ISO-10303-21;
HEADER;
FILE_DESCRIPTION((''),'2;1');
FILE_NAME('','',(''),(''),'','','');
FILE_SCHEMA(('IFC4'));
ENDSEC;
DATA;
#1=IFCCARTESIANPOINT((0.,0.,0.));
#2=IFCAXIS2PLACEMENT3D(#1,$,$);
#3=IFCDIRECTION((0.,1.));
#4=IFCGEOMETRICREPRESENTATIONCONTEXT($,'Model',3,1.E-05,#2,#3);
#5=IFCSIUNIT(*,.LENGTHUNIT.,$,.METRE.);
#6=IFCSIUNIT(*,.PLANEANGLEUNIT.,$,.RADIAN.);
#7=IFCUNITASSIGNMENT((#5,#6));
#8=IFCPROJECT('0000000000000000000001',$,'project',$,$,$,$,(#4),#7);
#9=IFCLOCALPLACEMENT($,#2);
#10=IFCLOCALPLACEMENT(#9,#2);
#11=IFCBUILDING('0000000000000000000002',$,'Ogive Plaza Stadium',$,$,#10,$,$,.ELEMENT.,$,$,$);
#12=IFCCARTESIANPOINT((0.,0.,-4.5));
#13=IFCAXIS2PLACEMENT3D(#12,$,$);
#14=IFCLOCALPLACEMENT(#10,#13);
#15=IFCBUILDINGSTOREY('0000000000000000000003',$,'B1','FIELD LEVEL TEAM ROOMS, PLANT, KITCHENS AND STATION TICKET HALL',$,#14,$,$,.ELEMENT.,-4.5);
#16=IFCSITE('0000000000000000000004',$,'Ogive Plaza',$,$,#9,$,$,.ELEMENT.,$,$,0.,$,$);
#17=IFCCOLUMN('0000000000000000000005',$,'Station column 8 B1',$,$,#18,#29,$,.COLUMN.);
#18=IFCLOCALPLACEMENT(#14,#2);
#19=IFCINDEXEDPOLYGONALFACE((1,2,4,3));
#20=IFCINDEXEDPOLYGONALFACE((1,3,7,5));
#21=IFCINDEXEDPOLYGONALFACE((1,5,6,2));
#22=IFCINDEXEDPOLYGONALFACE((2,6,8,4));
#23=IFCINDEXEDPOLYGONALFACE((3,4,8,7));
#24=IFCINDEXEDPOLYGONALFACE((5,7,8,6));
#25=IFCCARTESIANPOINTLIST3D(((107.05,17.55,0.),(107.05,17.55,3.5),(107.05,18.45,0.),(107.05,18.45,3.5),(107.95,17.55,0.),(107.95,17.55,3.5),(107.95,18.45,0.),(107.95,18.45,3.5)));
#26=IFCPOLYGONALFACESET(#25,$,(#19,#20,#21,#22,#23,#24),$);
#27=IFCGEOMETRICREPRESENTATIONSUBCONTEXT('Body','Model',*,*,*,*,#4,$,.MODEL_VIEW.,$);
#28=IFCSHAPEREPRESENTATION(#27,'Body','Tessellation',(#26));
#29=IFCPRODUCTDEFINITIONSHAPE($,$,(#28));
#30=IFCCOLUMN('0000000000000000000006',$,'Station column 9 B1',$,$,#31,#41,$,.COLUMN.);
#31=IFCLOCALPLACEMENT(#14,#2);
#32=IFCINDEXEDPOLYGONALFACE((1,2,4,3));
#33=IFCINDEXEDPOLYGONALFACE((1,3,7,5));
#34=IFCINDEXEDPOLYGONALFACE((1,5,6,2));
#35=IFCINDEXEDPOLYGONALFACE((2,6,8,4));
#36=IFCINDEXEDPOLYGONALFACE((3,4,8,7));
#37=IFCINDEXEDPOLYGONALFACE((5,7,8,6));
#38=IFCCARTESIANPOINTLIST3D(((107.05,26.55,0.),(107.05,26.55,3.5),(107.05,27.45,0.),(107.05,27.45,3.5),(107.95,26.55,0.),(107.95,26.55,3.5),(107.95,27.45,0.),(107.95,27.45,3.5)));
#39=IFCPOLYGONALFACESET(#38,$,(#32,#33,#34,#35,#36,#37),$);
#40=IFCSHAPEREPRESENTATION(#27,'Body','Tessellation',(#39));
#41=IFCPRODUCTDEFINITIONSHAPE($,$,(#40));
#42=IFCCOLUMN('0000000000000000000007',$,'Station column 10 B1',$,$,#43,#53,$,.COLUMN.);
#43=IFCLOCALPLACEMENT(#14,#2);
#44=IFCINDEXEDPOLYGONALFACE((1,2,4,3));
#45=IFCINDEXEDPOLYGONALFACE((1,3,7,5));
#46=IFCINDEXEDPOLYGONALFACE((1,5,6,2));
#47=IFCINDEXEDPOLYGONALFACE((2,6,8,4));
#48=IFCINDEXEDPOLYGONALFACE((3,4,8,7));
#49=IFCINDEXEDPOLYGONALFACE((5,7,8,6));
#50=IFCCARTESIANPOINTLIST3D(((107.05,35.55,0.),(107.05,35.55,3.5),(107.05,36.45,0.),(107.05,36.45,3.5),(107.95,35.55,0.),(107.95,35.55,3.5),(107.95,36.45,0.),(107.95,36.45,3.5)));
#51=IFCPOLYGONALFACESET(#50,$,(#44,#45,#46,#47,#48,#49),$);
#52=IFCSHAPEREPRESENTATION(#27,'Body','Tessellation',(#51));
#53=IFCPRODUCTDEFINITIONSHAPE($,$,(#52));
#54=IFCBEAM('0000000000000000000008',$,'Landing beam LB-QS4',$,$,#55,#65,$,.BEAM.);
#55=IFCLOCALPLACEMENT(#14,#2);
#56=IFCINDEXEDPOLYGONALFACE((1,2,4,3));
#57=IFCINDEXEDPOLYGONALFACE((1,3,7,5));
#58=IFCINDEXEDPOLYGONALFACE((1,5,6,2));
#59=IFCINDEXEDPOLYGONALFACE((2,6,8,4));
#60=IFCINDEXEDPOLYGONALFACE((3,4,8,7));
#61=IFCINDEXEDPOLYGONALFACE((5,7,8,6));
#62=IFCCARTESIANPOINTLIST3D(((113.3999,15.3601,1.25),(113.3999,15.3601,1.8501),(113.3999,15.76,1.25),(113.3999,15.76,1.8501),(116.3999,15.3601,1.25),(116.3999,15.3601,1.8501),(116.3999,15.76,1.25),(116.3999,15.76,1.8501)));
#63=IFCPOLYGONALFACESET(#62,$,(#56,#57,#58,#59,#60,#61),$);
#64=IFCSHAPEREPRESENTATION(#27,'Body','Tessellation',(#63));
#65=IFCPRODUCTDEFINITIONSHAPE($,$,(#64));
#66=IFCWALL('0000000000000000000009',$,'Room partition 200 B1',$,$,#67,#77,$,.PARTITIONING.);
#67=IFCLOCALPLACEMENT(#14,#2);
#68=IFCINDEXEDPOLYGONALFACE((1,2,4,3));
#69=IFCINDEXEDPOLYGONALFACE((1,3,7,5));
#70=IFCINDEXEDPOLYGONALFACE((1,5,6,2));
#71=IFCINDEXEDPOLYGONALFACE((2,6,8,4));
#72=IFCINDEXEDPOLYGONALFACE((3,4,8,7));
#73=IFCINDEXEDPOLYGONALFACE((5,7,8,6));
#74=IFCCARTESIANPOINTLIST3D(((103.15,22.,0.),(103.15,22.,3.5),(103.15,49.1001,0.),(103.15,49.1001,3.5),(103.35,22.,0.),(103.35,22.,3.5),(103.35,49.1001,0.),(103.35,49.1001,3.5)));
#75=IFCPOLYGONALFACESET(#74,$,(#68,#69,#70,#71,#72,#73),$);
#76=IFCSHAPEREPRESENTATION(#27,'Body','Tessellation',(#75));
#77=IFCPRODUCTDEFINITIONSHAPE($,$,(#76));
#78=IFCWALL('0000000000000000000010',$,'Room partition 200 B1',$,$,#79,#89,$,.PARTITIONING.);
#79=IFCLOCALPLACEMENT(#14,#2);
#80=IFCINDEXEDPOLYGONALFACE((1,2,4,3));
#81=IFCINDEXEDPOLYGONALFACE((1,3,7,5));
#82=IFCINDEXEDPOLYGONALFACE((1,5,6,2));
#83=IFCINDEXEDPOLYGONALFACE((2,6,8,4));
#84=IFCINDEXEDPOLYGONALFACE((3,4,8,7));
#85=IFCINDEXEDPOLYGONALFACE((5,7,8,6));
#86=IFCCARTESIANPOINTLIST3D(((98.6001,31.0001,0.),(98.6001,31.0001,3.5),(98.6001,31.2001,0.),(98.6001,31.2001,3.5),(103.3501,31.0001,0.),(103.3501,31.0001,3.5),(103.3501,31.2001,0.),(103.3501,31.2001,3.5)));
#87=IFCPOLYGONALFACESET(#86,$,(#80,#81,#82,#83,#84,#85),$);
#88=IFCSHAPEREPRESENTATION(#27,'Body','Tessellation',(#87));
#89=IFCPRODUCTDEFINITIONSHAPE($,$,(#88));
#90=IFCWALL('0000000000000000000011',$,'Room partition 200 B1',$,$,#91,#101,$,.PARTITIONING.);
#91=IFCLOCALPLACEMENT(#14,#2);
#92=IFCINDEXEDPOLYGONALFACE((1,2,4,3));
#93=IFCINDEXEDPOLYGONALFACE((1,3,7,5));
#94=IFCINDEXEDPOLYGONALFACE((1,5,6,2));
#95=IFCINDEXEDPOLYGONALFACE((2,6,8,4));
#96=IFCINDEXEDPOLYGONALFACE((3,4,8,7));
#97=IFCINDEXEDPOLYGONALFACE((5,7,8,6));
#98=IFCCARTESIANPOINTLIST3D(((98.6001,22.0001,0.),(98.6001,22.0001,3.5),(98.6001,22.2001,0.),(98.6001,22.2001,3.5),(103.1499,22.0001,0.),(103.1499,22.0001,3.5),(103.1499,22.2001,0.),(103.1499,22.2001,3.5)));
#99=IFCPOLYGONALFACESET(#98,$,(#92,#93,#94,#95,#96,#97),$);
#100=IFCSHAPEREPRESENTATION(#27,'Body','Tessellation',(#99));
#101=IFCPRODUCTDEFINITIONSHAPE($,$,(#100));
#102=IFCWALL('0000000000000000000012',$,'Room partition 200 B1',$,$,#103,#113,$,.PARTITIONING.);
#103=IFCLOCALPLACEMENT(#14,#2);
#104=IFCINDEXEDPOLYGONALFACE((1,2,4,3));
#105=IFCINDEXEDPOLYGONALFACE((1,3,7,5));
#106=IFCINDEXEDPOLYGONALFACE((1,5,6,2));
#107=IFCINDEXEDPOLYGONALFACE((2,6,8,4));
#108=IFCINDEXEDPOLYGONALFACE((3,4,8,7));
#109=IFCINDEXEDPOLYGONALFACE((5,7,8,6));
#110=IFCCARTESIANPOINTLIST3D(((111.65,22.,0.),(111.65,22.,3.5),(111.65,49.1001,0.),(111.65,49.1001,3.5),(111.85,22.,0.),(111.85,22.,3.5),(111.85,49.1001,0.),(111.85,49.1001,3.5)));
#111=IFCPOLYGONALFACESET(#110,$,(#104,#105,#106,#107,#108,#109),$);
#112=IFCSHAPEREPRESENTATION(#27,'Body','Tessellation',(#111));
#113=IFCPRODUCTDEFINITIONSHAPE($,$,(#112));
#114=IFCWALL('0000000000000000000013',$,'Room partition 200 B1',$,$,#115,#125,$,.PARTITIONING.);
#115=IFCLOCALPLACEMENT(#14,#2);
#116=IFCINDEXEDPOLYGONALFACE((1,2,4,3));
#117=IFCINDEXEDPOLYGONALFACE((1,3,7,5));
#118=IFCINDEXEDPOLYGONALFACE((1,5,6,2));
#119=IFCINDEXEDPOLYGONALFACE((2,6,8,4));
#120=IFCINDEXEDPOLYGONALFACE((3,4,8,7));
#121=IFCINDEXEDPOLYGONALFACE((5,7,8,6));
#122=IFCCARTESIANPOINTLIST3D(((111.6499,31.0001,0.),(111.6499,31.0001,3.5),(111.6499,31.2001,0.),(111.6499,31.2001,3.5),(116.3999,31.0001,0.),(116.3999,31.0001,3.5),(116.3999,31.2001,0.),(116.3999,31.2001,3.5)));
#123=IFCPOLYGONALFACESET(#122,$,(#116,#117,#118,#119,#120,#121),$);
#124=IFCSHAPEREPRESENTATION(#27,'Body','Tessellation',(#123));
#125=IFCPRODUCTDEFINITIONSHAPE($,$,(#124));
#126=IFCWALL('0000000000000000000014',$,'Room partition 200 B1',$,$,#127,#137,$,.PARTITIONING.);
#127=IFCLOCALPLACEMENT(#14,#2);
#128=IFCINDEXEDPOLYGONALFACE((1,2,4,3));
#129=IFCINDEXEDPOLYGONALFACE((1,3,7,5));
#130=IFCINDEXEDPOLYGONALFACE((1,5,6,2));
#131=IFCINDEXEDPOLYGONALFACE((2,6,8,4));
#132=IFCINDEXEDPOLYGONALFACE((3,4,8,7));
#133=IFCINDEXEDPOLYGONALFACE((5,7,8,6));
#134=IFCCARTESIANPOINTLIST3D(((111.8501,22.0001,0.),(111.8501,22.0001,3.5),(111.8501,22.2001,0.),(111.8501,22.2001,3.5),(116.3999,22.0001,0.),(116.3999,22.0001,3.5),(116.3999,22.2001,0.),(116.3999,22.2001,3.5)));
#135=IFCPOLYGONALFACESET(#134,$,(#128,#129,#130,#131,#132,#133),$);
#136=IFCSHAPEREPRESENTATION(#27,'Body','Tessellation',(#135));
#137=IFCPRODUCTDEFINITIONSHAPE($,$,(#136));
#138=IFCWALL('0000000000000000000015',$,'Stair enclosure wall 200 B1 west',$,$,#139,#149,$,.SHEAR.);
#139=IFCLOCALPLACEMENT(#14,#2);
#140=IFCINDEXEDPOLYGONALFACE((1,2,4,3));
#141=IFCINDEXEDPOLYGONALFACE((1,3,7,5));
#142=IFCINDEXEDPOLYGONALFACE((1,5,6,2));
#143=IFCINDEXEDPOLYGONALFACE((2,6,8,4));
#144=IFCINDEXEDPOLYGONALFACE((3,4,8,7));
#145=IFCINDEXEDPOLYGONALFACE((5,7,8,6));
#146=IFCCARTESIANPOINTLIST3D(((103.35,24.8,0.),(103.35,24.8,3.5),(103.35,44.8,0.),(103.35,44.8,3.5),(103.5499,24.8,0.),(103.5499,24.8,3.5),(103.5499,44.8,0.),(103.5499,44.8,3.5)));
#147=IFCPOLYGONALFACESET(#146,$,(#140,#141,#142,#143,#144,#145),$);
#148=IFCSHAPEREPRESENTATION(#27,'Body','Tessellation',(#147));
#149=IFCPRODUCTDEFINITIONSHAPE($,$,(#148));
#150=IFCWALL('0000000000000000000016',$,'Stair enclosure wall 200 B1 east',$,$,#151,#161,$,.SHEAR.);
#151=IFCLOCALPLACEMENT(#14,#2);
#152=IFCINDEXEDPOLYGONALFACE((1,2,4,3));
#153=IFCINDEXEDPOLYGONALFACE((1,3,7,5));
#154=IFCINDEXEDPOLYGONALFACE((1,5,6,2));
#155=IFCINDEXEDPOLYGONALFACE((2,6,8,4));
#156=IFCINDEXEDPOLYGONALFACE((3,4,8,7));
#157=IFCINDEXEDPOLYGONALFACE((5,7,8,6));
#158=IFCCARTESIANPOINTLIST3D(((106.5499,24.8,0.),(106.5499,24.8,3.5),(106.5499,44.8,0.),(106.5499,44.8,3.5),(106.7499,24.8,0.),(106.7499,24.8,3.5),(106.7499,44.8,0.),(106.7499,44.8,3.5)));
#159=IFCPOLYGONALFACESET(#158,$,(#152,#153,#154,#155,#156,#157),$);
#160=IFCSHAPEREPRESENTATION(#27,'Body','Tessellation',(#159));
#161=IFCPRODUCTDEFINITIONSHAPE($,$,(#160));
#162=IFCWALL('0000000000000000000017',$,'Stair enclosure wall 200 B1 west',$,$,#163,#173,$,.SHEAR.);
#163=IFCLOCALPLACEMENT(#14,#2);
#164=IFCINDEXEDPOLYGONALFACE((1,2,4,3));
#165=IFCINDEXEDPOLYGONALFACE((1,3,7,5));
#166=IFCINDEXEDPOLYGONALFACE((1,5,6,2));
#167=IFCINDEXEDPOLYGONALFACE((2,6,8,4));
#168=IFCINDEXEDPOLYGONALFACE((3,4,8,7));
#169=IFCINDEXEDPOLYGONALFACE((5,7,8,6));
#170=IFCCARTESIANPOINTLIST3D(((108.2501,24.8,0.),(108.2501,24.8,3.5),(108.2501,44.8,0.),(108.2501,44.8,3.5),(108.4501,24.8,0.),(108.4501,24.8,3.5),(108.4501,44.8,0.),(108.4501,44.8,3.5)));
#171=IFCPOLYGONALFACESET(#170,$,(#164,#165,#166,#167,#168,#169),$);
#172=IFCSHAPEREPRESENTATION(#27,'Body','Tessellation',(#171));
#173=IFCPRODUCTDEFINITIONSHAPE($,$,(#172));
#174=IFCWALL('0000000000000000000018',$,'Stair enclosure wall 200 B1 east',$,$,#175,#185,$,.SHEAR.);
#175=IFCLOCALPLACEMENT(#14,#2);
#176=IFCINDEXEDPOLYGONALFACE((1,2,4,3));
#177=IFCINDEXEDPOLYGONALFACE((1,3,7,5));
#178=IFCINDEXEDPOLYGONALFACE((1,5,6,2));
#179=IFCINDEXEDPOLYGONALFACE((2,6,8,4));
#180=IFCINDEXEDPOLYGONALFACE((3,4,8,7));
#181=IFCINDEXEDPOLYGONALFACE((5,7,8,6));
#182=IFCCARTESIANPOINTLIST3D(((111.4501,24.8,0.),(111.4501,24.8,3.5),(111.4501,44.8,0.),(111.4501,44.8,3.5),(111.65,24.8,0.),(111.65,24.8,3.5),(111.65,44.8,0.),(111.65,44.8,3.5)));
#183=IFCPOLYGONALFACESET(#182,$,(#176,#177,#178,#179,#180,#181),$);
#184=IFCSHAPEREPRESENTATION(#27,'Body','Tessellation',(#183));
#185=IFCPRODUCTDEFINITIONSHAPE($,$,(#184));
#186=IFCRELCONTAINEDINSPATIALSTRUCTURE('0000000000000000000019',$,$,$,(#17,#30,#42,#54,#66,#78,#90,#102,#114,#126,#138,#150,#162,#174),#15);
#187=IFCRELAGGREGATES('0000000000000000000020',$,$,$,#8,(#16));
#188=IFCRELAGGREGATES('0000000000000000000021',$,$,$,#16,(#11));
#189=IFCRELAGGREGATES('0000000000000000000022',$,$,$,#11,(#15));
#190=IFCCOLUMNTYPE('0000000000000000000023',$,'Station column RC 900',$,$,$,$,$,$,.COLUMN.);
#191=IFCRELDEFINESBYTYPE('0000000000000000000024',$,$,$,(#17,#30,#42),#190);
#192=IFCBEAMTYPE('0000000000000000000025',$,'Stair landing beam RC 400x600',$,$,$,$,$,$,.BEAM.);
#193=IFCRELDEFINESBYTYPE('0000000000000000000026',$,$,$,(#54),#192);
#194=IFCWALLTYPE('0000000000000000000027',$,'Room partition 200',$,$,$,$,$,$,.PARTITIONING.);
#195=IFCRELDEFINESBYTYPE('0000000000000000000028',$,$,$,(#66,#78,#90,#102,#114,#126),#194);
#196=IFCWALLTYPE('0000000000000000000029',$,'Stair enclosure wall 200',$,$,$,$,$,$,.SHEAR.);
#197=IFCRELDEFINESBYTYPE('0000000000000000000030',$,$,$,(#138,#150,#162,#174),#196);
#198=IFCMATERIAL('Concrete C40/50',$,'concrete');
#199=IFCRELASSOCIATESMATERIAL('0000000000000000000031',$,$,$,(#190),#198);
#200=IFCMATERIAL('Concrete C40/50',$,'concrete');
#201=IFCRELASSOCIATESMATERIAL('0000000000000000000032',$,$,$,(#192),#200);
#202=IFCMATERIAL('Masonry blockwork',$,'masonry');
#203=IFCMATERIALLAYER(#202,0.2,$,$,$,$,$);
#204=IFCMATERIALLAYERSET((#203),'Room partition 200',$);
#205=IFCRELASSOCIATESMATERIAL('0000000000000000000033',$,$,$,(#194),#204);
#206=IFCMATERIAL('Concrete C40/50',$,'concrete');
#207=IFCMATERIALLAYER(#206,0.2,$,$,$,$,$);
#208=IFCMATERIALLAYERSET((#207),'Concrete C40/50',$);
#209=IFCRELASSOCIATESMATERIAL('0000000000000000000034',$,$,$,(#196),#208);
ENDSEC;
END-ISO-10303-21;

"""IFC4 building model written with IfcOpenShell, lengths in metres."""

from ifc_helpers import new_model, si_unit, direction, frame, frame_2d, origin, origin_2d, place, context, subcontext, project, spatial, rectangle, extrude, material, layer, layer_set, material_profile, profile_set, type_object, element, save


model = new_model("IFC4")

# Units and contexts
model_context = context("Model", 3, precision=1e-05, world=origin(), true_north=direction((0.0, 1.0)))
body_context = subcontext(model_context, "Body", "Model", "MODEL_VIEW")
ifc_project = project(units=[si_unit("LENGTHUNIT", "METRE"), si_unit("PLANEANGLEUNIT", "RADIAN")], contexts=[model_context])

# Site, building, storey
site_placement = place(None, origin())
site = spatial("IfcSite", under=ifc_project, at=site_placement, Name="Ogive Plaza", CompositionType="ELEMENT", RefElevation=0.0)
building_placement = place(site_placement, origin())
building = spatial("IfcBuilding", under=site, at=building_placement, Name="Ogive Plaza Stadium", CompositionType="ELEMENT")
storey_placement = place(building_placement, frame((0.0, 0.0, -4.5)))
storey = spatial("IfcBuildingStorey", under=building, at=storey_placement, Name="B1", Description="FIELD LEVEL TEAM ROOMS, PLANT, KITCHENS AND STATION TICKET HALL", CompositionType="ELEMENT", Elevation=-4.5)

# Columns
ifc_material_1 = material(Name="Concrete C40/50", Category="concrete")
ifc_material_profile_1 = material_profile(ifc_material_1, rectangle(XDim=0.8999, YDim=0.8999, at=origin_2d()), Name="Station column RC 900")
ifc_profile_set_1 = profile_set([ifc_material_profile_1], Name="Concrete C40/50")
column_type = type_object("IfcColumnType", Name="Station column RC 900", PredefinedType="COLUMN", material=ifc_profile_set_1)
for number, where, z_axis, x_axis, name in (
    (1, (107.5, 18.0, 0.0), (0.0, 0.0, 1.0), (1.0, 0.0, 0.0), "Station column 8 B1"),
    (2, (107.5, 27.0, 0.0), (0.0, 0.0, 1.0), (1.0, 0.0, 0.0), "Station column 9 B1"),
    (3, (107.5, 36.0, 0.0), (0.0, 0.0, 1.0), (1.0, 0.0, 0.0), "Station column 10 B1"),
):
    element("IfcColumn", number, at=place(storey_placement, frame(where, z_axis=z_axis, x_axis=x_axis)), inside=storey, type_object=column_type, Name=name, PredefinedType="COLUMN", context=body_context, shape_type="SweptSolid", body=[
        extrude(rectangle(XDim=0.8999, YDim=0.8999, at=origin_2d()), origin(), (0.0, 0.0, 1.0), 3.5),
    ])

# Beam
ifc_material_2 = material(Name="Concrete C40/50", Category="concrete")
ifc_material_profile_2 = material_profile(ifc_material_2, rectangle(XDim=0.3999, YDim=0.6001, at=origin_2d()), Name="Stair landing beam RC 400x600")
ifc_profile_set_2 = profile_set([ifc_material_profile_2], Name="Concrete C40/50")
beam_type = type_object("IfcBeamType", Name="Stair landing beam RC 400x600", PredefinedType="BEAM", material=ifc_profile_set_2)
beam_placement = place(storey_placement, frame((113.3999, 15.5601, 1.55), z_axis=(1.0, 0.0, 0.0), x_axis=(0.0, 1.0, 0.0)))
element("IfcBeam", 4, at=beam_placement, inside=storey, type_object=beam_type, Name="Landing beam LB-QS4", PredefinedType="BEAM", context=body_context, shape_type="SweptSolid", body=[
    extrude(rectangle(XDim=0.3999, YDim=0.6001, at=origin_2d()), origin(), (0.0, 0.0, 1.0), 3.0),
])

# Walls
ifc_material_3 = material(Name="Masonry blockwork", Category="masonry")
ifc_layer_1 = layer(ifc_material_3, 0.2)
ifc_layer_set_1 = layer_set([ifc_layer_1], Name="Room partition 200")
wall_type_1 = type_object("IfcWallType", Name="Room partition 200", PredefinedType="PARTITIONING", material=ifc_layer_set_1)
wall_1_placement = place(storey_placement, frame((103.25, 22.0, 0.0), z_axis=(0.0, 0.0, 1.0), x_axis=(0.0, 1.0, 0.0)))
element("IfcWall", 5, at=wall_1_placement, inside=storey, type_object=wall_type_1, Name="Room partition 200 B1", PredefinedType="PARTITIONING", context=body_context, shape_type="SweptSolid", body=[
    extrude(rectangle(XDim=27.1001, YDim=0.2, at=frame_2d((13.55, 0.0))), origin(), (0.0, 0.0, 1.0), 3.5),
])
wall_2_placement = place(storey_placement, frame((98.6001, 31.1001, 0.0), z_axis=(0.0, 0.0, 1.0), x_axis=(1.0, 0.0, 0.0)))
element("IfcWall", 6, at=wall_2_placement, inside=storey, type_object=wall_type_1, Name="Room partition 200 B1", PredefinedType="PARTITIONING", context=body_context, shape_type="SweptSolid", body=[
    extrude(rectangle(XDim=4.75, YDim=0.2, at=frame_2d((2.375, 0.0))), origin(), (0.0, 0.0, 1.0), 3.5),
])
wall_3_placement = place(storey_placement, frame((98.6001, 22.1001, 0.0), z_axis=(0.0, 0.0, 1.0), x_axis=(1.0, 0.0, 0.0)))
element("IfcWall", 7, at=wall_3_placement, inside=storey, type_object=wall_type_1, Name="Room partition 200 B1", PredefinedType="PARTITIONING", context=body_context, shape_type="SweptSolid", body=[
    extrude(rectangle(XDim=4.5498, YDim=0.2, at=frame_2d((2.2749, 0.0))), origin(), (0.0, 0.0, 1.0), 3.5),
])

# Walls
wall_4_placement = place(storey_placement, frame((111.75, 22.0, 0.0), z_axis=(0.0, 0.0, 1.0), x_axis=(0.0, 1.0, 0.0)))
element("IfcWall", 8, at=wall_4_placement, inside=storey, type_object=wall_type_1, Name="Room partition 200 B1", PredefinedType="PARTITIONING", context=body_context, shape_type="SweptSolid", body=[
    extrude(rectangle(XDim=27.1001, YDim=0.2, at=frame_2d((13.55, 0.0))), origin(), (0.0, 0.0, 1.0), 3.5),
])
wall_5_placement = place(storey_placement, frame((111.6499, 31.1001, 0.0), z_axis=(0.0, 0.0, 1.0), x_axis=(1.0, 0.0, 0.0)))
element("IfcWall", 9, at=wall_5_placement, inside=storey, type_object=wall_type_1, Name="Room partition 200 B1", PredefinedType="PARTITIONING", context=body_context, shape_type="SweptSolid", body=[
    extrude(rectangle(XDim=4.75, YDim=0.2, at=frame_2d((2.375, 0.0))), origin(), (0.0, 0.0, 1.0), 3.5),
])
wall_6_placement = place(storey_placement, frame((111.8501, 22.1001, 0.0), z_axis=(0.0, 0.0, 1.0), x_axis=(1.0, 0.0, 0.0)))
element("IfcWall", 10, at=wall_6_placement, inside=storey, type_object=wall_type_1, Name="Room partition 200 B1", PredefinedType="PARTITIONING", context=body_context, shape_type="SweptSolid", body=[
    extrude(rectangle(XDim=4.5498, YDim=0.2, at=frame_2d((2.2749, 0.0))), origin(), (0.0, 0.0, 1.0), 3.5),
])
ifc_material_4 = material(Name="Concrete C40/50", Category="concrete")
ifc_layer_2 = layer(ifc_material_4, 0.2)
ifc_layer_set_2 = layer_set([ifc_layer_2], Name="Concrete C40/50")
wall_type_2 = type_object("IfcWallType", Name="Stair enclosure wall 200", PredefinedType="SHEAR", material=ifc_layer_set_2)
for number, where, z_axis, x_axis, name in (
    (11, (103.45, 24.8, 0.0), (0.0, 0.0, 1.0), (0.0, 1.0, 0.0), "Stair enclosure wall 200 B1 west"),
    (12, (106.6499, 24.8, 0.0), (0.0, 0.0, 1.0), (0.0, 1.0, 0.0), "Stair enclosure wall 200 B1 east"),
):
    element("IfcWall", number, at=place(storey_placement, frame(where, z_axis=z_axis, x_axis=x_axis)), inside=storey, type_object=wall_type_2, Name=name, PredefinedType="SHEAR", context=body_context, shape_type="SweptSolid", body=[
        extrude(rectangle(XDim=20.0, YDim=0.2, at=frame_2d((10.0, 0.0))), origin(), (0.0, 0.0, 1.0), 3.5),
    ])

# Walls
for number, where, z_axis, x_axis, name in (
    (13, (108.3501, 24.8, 0.0), (0.0, 0.0, 1.0), (0.0, 1.0, 0.0), "Stair enclosure wall 200 B1 west"),
    (14, (111.55, 24.8, 0.0), (0.0, 0.0, 1.0), (0.0, 1.0, 0.0), "Stair enclosure wall 200 B1 east"),
):
    element("IfcWall", number, at=place(storey_placement, frame(where, z_axis=z_axis, x_axis=x_axis)), inside=storey, type_object=wall_type_2, Name=name, PredefinedType="SHEAR", context=body_context, shape_type="SweptSolid", body=[
        extrude(rectangle(XDim=20.0, YDim=0.2, at=frame_2d((10.0, 0.0))), origin(), (0.0, 0.0, 1.0), 3.5),
    ])

save(model, "model.ifc")
